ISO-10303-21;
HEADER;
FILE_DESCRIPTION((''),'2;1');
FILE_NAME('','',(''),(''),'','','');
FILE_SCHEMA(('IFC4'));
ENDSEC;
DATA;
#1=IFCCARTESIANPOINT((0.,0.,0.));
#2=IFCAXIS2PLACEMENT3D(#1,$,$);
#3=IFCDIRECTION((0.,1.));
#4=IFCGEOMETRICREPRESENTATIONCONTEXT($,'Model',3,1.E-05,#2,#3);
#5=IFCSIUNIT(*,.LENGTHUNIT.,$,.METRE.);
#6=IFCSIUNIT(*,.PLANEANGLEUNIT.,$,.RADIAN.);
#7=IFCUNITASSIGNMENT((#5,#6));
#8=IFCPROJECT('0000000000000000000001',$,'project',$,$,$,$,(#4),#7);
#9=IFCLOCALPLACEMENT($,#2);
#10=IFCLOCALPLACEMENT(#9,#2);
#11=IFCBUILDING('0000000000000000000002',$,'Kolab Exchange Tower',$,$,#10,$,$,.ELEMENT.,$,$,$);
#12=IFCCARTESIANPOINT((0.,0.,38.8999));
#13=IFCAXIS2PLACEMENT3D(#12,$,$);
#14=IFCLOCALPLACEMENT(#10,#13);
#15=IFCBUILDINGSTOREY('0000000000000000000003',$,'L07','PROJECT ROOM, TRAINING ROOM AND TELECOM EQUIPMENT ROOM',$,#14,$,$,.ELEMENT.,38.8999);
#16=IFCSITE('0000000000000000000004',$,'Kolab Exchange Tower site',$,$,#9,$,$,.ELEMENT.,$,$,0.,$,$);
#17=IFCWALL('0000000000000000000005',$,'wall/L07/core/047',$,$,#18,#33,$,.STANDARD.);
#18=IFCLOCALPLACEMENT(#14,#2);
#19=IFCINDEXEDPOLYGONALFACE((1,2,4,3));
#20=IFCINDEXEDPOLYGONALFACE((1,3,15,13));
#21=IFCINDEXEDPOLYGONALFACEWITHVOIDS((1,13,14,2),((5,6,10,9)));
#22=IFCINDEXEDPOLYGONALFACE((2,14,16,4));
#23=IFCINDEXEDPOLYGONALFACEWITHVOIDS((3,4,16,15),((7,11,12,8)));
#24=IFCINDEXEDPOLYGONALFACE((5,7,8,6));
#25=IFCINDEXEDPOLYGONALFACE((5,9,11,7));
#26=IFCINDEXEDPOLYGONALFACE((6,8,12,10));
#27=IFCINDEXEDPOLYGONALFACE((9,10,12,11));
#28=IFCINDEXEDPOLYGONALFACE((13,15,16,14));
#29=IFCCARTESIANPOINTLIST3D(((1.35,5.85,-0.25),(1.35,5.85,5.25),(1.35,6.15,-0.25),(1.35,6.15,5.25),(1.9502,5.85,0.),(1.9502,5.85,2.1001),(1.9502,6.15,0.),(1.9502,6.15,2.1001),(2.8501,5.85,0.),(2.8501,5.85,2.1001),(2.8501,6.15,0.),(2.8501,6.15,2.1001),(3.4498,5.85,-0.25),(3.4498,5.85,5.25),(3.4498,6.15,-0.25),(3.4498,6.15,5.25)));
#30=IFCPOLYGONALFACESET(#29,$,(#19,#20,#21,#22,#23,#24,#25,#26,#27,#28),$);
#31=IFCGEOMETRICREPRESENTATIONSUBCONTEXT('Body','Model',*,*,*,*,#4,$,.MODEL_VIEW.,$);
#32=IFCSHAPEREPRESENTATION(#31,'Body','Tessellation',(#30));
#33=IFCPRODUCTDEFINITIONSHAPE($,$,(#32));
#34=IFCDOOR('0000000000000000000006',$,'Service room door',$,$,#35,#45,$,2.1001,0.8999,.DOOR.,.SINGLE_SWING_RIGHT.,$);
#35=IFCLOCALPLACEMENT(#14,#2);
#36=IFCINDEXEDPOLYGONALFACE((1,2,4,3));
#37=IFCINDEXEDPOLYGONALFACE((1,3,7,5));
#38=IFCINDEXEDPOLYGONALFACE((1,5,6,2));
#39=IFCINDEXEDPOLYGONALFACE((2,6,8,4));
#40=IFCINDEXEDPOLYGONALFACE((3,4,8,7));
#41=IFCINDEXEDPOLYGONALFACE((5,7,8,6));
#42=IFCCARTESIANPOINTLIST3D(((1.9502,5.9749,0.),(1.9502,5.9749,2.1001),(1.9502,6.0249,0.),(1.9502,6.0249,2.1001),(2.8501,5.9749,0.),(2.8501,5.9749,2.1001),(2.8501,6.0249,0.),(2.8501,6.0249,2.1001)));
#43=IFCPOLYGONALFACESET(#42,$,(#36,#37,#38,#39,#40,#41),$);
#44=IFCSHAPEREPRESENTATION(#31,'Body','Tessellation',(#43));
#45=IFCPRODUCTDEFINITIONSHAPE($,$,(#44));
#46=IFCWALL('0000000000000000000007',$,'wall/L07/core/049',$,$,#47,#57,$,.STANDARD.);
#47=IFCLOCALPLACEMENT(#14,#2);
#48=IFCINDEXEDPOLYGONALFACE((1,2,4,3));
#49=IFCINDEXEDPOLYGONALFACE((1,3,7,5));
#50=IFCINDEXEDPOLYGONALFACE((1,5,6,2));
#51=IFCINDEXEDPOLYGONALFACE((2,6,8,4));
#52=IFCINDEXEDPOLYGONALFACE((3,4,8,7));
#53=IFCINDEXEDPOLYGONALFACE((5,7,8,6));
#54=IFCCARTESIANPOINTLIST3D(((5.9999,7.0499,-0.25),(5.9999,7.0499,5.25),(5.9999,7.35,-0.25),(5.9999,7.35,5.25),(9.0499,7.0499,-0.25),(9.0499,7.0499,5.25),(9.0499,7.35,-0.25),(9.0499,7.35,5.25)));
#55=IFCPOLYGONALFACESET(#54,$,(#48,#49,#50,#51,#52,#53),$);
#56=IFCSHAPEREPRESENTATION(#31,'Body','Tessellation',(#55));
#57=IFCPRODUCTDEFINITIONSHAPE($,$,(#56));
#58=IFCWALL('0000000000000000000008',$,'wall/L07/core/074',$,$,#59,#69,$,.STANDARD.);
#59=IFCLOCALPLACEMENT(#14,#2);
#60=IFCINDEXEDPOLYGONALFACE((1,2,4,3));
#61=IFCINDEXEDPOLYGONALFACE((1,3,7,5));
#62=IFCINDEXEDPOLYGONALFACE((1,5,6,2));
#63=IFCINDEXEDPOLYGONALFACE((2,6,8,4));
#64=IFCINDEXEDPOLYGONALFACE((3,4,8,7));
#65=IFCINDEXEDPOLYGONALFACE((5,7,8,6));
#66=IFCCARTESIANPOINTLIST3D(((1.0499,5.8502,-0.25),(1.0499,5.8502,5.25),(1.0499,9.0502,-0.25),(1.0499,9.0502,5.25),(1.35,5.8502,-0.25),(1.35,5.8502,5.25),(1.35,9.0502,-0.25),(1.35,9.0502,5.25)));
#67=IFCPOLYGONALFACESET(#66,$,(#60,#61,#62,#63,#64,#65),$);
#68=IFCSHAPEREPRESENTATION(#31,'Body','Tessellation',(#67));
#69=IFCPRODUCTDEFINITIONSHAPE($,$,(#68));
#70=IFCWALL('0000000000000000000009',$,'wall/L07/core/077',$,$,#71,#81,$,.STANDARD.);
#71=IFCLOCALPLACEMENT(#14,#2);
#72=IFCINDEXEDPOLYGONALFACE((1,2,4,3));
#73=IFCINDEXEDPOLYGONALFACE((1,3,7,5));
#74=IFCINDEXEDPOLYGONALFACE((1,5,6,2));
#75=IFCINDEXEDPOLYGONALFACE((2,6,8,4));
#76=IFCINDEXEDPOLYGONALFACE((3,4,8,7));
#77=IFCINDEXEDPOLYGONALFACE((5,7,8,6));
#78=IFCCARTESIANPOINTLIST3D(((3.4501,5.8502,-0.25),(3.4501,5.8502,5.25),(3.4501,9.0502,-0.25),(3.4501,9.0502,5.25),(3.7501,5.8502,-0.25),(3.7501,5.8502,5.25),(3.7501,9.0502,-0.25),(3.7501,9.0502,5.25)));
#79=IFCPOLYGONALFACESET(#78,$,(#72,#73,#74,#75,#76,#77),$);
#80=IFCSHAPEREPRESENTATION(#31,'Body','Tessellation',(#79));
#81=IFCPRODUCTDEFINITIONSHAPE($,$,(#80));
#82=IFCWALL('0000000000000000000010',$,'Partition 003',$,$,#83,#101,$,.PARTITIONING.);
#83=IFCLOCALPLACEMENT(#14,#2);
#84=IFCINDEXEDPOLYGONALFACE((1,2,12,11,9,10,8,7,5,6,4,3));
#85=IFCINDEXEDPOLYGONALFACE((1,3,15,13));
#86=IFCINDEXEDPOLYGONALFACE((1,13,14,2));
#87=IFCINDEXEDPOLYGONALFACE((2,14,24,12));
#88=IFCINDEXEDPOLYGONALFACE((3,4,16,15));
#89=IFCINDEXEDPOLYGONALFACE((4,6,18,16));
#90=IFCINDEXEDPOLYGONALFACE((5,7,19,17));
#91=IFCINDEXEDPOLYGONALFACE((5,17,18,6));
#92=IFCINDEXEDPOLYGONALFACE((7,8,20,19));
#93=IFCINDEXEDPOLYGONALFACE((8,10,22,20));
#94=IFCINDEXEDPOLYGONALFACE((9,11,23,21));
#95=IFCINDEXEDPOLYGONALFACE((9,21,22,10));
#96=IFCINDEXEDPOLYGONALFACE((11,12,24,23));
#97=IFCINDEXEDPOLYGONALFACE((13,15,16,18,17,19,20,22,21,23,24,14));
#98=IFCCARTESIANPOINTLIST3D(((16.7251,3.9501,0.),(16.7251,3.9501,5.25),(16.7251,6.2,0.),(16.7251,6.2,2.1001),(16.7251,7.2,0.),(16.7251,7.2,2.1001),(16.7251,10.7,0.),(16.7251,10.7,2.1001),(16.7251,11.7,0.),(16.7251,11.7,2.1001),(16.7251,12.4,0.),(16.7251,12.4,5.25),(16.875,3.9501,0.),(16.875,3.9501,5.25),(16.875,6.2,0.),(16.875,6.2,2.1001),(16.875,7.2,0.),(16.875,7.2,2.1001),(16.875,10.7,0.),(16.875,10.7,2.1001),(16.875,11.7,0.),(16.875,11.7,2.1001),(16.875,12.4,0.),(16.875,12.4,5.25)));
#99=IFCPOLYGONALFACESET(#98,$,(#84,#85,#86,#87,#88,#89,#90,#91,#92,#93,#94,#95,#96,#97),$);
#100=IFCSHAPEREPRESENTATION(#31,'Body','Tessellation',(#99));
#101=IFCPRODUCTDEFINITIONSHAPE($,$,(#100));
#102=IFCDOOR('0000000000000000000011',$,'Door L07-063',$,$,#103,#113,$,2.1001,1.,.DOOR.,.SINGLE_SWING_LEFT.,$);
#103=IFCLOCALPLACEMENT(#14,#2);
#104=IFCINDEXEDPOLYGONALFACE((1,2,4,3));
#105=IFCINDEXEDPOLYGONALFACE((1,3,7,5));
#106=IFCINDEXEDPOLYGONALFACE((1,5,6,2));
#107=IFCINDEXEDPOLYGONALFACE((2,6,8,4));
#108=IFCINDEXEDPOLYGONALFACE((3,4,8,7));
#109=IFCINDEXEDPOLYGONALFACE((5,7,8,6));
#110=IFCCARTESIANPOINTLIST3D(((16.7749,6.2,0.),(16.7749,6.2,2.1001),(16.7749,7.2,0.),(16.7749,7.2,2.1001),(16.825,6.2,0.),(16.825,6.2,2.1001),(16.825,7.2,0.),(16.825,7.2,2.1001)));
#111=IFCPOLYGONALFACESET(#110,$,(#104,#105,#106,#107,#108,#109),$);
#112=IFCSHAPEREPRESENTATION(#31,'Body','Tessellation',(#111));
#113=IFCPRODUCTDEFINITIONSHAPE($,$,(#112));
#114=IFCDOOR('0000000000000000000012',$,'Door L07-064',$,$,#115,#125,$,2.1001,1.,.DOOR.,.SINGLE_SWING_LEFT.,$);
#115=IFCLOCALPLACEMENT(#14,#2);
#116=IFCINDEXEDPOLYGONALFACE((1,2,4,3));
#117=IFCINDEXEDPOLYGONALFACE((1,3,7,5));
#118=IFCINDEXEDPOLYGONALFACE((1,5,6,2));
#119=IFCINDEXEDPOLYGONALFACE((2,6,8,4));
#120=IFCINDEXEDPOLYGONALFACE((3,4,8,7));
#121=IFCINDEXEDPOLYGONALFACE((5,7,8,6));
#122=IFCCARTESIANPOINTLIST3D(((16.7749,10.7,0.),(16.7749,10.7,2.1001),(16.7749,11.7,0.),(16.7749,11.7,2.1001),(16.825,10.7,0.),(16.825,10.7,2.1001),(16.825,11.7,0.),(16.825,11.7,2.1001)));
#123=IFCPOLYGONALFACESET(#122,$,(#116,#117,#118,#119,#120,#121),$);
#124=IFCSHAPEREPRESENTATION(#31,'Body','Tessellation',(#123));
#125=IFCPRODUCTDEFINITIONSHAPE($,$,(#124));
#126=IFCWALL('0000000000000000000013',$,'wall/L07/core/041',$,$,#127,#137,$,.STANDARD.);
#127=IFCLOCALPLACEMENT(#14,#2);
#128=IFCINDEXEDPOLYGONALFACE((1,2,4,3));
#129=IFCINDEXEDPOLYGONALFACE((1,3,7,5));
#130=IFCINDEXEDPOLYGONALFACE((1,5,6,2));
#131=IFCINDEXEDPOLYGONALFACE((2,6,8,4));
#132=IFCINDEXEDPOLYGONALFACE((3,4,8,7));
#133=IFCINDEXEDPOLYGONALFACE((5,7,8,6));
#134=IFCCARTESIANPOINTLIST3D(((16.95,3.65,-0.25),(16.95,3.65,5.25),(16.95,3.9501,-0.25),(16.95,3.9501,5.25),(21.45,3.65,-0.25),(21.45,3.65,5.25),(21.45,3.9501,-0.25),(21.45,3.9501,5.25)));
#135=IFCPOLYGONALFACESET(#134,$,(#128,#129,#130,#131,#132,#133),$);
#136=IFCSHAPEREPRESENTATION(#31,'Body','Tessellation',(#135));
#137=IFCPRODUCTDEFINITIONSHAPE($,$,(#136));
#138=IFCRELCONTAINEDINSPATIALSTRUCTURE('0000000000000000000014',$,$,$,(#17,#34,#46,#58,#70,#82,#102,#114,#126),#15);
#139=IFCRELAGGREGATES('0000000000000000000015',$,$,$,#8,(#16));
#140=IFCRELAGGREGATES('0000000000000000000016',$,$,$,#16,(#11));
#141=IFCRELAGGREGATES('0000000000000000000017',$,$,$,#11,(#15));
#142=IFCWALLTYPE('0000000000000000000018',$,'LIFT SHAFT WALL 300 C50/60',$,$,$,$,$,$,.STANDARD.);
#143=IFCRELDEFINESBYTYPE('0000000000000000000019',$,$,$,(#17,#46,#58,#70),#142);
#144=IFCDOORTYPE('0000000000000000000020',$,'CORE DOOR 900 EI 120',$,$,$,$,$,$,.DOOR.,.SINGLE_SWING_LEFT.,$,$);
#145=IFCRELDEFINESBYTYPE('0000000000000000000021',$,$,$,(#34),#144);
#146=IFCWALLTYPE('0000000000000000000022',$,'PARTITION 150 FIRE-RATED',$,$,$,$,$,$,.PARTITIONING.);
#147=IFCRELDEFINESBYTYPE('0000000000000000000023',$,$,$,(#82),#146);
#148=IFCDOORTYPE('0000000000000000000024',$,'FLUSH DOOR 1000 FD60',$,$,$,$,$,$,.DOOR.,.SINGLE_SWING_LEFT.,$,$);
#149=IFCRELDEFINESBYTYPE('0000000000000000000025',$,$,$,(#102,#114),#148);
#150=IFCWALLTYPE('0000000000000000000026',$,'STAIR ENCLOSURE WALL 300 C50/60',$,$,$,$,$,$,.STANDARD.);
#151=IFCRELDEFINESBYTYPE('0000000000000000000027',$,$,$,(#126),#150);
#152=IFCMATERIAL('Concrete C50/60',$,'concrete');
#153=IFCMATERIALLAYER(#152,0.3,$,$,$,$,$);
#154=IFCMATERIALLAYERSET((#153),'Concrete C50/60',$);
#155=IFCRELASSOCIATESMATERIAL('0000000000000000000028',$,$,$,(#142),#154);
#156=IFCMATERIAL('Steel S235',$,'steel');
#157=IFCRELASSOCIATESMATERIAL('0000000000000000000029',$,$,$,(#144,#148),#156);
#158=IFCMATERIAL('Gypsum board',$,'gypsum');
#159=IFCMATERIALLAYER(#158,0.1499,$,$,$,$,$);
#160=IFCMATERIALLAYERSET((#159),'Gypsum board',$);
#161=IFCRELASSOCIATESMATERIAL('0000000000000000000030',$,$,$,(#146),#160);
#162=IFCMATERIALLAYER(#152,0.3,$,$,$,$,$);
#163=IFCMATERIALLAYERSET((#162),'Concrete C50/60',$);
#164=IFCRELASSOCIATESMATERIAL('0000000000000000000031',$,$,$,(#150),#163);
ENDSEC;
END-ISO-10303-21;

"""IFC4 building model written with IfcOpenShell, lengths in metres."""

from ifc_helpers import new_model, si_unit, direction, frame, frame_2d, origin, place, context, subcontext, project, spatial, rectangle, extrude, material, layer, layer_set, type_object, element, fill, save


model = new_model("IFC4")

# Units and contexts
model_context = context("Model", 3, precision=1e-05, world=origin(), true_north=direction((0.0, 1.0)))
body_context = subcontext(model_context, "Body", "Model", "MODEL_VIEW")
ifc_project = project(units=[si_unit("LENGTHUNIT", "METRE"), si_unit("PLANEANGLEUNIT", "RADIAN")], contexts=[model_context])

# Site, building, storey
site_placement = place(None, origin())
site = spatial("IfcSite", under=ifc_project, at=site_placement, Name="Kolab Exchange Tower site", CompositionType="ELEMENT", RefElevation=0.0)
building_placement = place(site_placement, origin())
building = spatial("IfcBuilding", under=site, at=building_placement, Name="Kolab Exchange Tower", CompositionType="ELEMENT")
storey_placement = place(building_placement, frame((0.0, 0.0, 38.8999)))
storey = spatial("IfcBuildingStorey", under=building, at=storey_placement, Name="L07", Description="PROJECT ROOM, TRAINING ROOM AND TELECOM EQUIPMENT ROOM", CompositionType="ELEMENT", Elevation=38.8999)

# Shared definitions
ifc_material_1 = material(Name="Concrete C50/60", Category="concrete")

# Shared definitions
ifc_layer_1 = layer(ifc_material_1, 0.3)
ifc_layer_set_1 = layer_set([ifc_layer_1], Name="Concrete C50/60")
wall_type_1 = type_object("IfcWallType", Name="LIFT SHAFT WALL 300 C50/60", PredefinedType="STANDARD", material=ifc_layer_set_1)

# Shared definitions
ifc_material_2 = material(Name="Steel S235", Category="steel")
door_type_1 = type_object("IfcDoorType", Name="CORE DOOR 900 EI 120", OperationType="SINGLE_SWING_LEFT", PredefinedType="DOOR", material=ifc_material_2)

# Wall, opening, door
wall_1_placement = place(storey_placement, frame((1.3501, 6.0, -0.25), z_axis=(0.0, 0.0, 1.0), x_axis=(1.0, 0.0, 0.0)))
wall_1 = element("IfcWall", 1, at=wall_1_placement, inside=storey, type_object=wall_type_1, Name="wall/L07/core/047", PredefinedType="STANDARD", context=body_context, shape_type="SweptSolid", body=[
    extrude(rectangle(XDim=2.0999, YDim=0.3, at=frame_2d((1.0498, 0.0))), origin(), (0.0, 0.0, 1.0), 5.5),
])
opening_1_placement = place(wall_1_placement, frame((0.6001, 0.0, 0.25)))
opening_1 = element("IfcOpeningElement", 2, at=opening_1_placement, cuts=wall_1, PredefinedType="OPENING", context=body_context, shape_type="SweptSolid", body=[
    extrude(rectangle(XDim=0.8999, YDim=2.1001, at=frame_2d((0.45, 1.05))), frame((0.0, 0.1602, 0.0), z_axis=(0.0, -1.0, 0.0), x_axis=(1.0, 0.0, 0.0)), (0.0, 0.0, 1.0), 0.3201),
])
door_1_placement = place(opening_1_placement, origin())
door_1 = element("IfcDoor", 3, at=door_1_placement, inside=storey, type_object=door_type_1, Name="Service room door", OperationType="SINGLE_SWING_RIGHT", OverallHeight=2.1001, OverallWidth=0.8999, PredefinedType="DOOR", context=body_context, shape_type="SweptSolid", body=[
    extrude(rectangle(XDim=0.8999, YDim=2.1001, at=frame_2d((0.45, 1.05))), frame((0.0, 0.0249, 0.0), z_axis=(0.0, -1.0, 0.0), x_axis=(1.0, 0.0, 0.0)), (0.0, 0.0, 1.0), 0.05),
])
fill(opening_1, door_1)

# Walls
wall_2_placement = place(storey_placement, frame((6.0, 7.2, -0.25), z_axis=(0.0, 0.0, 1.0), x_axis=(1.0, 0.0, 0.0)))
element("IfcWall", 4, at=wall_2_placement, inside=storey, type_object=wall_type_1, Name="wall/L07/core/049", PredefinedType="STANDARD", context=body_context, shape_type="SweptSolid", body=[
    extrude(rectangle(XDim=3.05, YDim=0.3, at=frame_2d((1.5249, 0.0))), origin(), (0.0, 0.0, 1.0), 5.5),
])
for number, where, z_axis, x_axis, name in (
    (5, (1.2, 5.8501, -0.25), (0.0, 0.0, 1.0), (0.0, 1.0, 0.0), "wall/L07/core/074"),
    (6, (3.6001, 5.8501, -0.25), (0.0, 0.0, 1.0), (0.0, 1.0, 0.0), "wall/L07/core/077"),
):
    element("IfcWall", number, at=place(storey_placement, frame(where, z_axis=z_axis, x_axis=x_axis)), inside=storey, type_object=wall_type_1, Name=name, PredefinedType="STANDARD", context=body_context, shape_type="SweptSolid", body=[
        extrude(rectangle(XDim=3.2, YDim=0.3, at=frame_2d((1.6001, 0.0))), origin(), (0.0, 0.0, 1.0), 5.5),
    ])

# Wall, openings, doors
ifc_material_3 = material(Name="Gypsum board", Category="gypsum")
ifc_layer_2 = layer(ifc_material_3, 0.1499)
ifc_layer_set_2 = layer_set([ifc_layer_2], Name="Gypsum board")
wall_type_2 = type_object("IfcWallType", Name="PARTITION 150 FIRE-RATED", PredefinedType="PARTITIONING", material=ifc_layer_set_2)
wall_3_placement = place(storey_placement, frame((16.8, 3.95, 0.0), z_axis=(0.0, 0.0, 1.0), x_axis=(0.0, 1.0, 0.0)))
wall_3 = element("IfcWall", 7, at=wall_3_placement, inside=storey, type_object=wall_type_2, Name="Partition 003", PredefinedType="PARTITIONING", context=body_context, shape_type="SweptSolid", body=[
    extrude(rectangle(XDim=8.45, YDim=0.1499, at=frame_2d((4.2251, 0.0))), origin(), (0.0, 0.0, 1.0), 5.25),
])
opening_2_placement = place(wall_3_placement, frame((2.25, 0.0, 0.0)))
opening_2 = element("IfcOpeningElement", 8, at=opening_2_placement, cuts=wall_3, PredefinedType="OPENING", context=body_context, shape_type="SweptSolid", body=[
    extrude(rectangle(XDim=1.0, YDim=2.1001, at=frame_2d((0.5, 1.05))), frame((0.0, 0.085, 0.0), z_axis=(0.0, -1.0, 0.0), x_axis=(1.0, 0.0, 0.0)), (0.0, 0.0, 1.0), 0.1699),
])
opening_3_placement = place(wall_3_placement, frame((6.75, 0.0, 0.0)))
opening_3 = element("IfcOpeningElement", 9, at=opening_3_placement, cuts=wall_3, PredefinedType="OPENING", context=body_context, shape_type="SweptSolid", body=[
    extrude(rectangle(XDim=1.0, YDim=2.1001, at=frame_2d((0.5, 1.05))), frame((0.0, 0.085, 0.0), z_axis=(0.0, -1.0, 0.0), x_axis=(1.0, 0.0, 0.0)), (0.0, 0.0, 1.0), 0.1699),
])
door_type_2 = type_object("IfcDoorType", Name="FLUSH DOOR 1000 FD60", OperationType="SINGLE_SWING_LEFT", PredefinedType="DOOR", material=ifc_material_2)
door_2_placement = place(opening_2_placement, frame((1.0, 0.0, 0.0), z_axis=(0.0, 0.0, 1.0), x_axis=(-1.0, 0.0, 0.0)))
door_2 = element("IfcDoor", 10, at=door_2_placement, inside=storey, type_object=door_type_2, Name="Door L07-063", OperationType="SINGLE_SWING_LEFT", OverallHeight=2.1001, OverallWidth=1.0, PredefinedType="DOOR", context=body_context, shape_type="SweptSolid", body=[
    extrude(rectangle(XDim=1.0, YDim=2.1001, at=frame_2d((0.5, 1.05))), frame((0.0, 0.0249, 0.0), z_axis=(0.0, -1.0, 0.0), x_axis=(1.0, 0.0, 0.0)), (0.0, 0.0, 1.0), 0.05),
])
fill(opening_2, door_2)
door_3_placement = place(opening_3_placement, frame((1.0, 0.0, 0.0), z_axis=(0.0, 0.0, 1.0), x_axis=(-1.0, 0.0, 0.0)))
door_3 = element("IfcDoor", 11, at=door_3_placement, inside=storey, type_object=door_type_2, Name="Door L07-064", OperationType="SINGLE_SWING_LEFT", OverallHeight=2.1001, OverallWidth=1.0, PredefinedType="DOOR", context=body_context, shape_type="SweptSolid", body=[
    extrude(rectangle(XDim=1.0, YDim=2.1001, at=frame_2d((0.5, 1.05))), frame((0.0, 0.0249, 0.0), z_axis=(0.0, -1.0, 0.0), x_axis=(1.0, 0.0, 0.0)), (0.0, 0.0, 1.0), 0.05),
])
fill(opening_3, door_3)

# Wall
ifc_layer_3 = layer(ifc_material_1, 0.3)
ifc_layer_set_3 = layer_set([ifc_layer_3], Name="Concrete C50/60")
wall_type_3 = type_object("IfcWallType", Name="STAIR ENCLOSURE WALL 300 C50/60", PredefinedType="STANDARD", material=ifc_layer_set_3)
wall_4_placement = place(storey_placement, frame((16.95, 3.8, -0.25), z_axis=(0.0, 0.0, 1.0), x_axis=(1.0, 0.0, 0.0)))
element("IfcWall", 12, at=wall_4_placement, inside=storey, type_object=wall_type_3, Name="wall/L07/core/041", PredefinedType="STANDARD", context=body_context, shape_type="SweptSolid", body=[
    extrude(rectangle(XDim=4.5, YDim=0.3, at=frame_2d((2.25, 0.0))), origin(), (0.0, 0.0, 1.0), 5.5),
])

save(model, "model.ifc")
